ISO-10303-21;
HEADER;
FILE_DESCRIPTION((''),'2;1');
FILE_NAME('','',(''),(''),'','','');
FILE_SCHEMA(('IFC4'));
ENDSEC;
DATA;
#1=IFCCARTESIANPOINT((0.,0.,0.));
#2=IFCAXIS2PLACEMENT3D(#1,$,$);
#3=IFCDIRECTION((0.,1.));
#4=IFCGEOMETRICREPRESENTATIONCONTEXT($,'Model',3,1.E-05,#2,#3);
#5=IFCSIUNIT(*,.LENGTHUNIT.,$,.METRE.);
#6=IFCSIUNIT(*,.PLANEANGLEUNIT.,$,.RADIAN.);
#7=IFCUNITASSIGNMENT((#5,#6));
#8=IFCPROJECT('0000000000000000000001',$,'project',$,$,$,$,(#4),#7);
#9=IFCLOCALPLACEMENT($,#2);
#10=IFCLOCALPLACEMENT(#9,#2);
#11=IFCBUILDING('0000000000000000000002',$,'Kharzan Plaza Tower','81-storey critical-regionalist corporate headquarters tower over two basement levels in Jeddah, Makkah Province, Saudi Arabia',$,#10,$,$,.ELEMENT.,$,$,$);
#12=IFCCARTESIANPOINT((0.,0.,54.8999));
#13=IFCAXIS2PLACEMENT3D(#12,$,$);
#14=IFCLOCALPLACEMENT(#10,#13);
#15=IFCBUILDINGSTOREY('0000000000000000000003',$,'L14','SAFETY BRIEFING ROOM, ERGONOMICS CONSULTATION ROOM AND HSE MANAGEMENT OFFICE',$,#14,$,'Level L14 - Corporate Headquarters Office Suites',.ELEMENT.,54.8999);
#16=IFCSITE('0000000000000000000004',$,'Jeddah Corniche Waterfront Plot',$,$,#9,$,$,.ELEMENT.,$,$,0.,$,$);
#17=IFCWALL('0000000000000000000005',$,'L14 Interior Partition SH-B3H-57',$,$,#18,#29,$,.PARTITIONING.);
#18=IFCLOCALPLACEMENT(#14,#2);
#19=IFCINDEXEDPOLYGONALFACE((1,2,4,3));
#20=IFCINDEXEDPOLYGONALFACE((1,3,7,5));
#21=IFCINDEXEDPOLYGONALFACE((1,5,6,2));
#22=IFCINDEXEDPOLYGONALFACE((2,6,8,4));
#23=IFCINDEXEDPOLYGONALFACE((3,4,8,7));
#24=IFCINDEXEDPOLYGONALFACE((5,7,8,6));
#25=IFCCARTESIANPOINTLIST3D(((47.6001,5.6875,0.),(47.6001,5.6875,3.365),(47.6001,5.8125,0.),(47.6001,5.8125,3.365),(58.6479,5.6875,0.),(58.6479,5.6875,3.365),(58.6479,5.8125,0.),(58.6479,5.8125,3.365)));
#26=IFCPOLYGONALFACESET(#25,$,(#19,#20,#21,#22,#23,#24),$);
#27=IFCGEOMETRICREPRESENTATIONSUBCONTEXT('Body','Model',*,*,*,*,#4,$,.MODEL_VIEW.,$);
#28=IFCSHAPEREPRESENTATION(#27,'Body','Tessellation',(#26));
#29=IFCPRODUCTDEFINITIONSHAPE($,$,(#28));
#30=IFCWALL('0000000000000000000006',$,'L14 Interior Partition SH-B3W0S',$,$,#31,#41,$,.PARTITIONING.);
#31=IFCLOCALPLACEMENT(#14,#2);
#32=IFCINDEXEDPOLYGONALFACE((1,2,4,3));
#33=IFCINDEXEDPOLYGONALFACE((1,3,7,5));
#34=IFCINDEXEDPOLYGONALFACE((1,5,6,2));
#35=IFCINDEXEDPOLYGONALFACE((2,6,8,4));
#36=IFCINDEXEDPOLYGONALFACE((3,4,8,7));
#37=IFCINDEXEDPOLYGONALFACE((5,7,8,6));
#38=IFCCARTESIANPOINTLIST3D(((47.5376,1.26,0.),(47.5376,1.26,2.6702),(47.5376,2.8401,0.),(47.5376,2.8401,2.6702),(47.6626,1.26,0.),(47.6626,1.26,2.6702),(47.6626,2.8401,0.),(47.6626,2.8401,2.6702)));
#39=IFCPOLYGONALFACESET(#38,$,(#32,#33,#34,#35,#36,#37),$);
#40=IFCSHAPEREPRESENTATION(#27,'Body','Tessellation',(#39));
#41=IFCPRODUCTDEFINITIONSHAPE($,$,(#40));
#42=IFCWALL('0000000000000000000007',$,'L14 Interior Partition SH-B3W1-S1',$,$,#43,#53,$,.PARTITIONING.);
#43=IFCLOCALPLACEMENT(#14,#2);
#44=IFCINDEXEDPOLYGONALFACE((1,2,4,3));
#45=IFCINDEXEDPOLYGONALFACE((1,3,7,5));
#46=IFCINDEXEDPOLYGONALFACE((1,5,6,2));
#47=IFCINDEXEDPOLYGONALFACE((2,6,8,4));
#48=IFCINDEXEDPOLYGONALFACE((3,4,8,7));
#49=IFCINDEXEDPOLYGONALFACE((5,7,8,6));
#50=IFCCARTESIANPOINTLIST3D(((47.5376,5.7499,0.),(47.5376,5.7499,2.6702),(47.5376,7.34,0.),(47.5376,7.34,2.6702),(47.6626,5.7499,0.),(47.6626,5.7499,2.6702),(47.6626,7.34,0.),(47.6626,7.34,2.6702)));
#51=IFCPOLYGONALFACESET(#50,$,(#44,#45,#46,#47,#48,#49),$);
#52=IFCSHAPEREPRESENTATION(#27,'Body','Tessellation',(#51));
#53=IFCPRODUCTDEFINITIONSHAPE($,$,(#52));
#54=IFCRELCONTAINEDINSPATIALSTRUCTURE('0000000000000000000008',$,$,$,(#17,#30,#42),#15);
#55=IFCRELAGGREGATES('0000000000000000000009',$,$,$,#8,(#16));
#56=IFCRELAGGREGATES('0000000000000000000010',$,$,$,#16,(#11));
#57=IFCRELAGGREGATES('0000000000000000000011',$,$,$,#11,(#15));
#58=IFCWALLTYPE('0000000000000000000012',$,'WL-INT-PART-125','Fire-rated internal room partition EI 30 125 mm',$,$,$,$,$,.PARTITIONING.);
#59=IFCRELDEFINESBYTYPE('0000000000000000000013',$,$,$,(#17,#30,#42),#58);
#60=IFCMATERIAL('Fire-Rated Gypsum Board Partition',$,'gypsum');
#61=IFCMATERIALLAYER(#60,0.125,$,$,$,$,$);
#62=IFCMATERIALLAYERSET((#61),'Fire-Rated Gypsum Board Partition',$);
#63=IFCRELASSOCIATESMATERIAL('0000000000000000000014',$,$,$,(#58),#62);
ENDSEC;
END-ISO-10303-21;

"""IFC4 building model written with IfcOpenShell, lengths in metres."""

from ifc_helpers import new_model, si_unit, direction, frame, frame_2d, origin, place, context, subcontext, project, spatial, rectangle, extrude, source, transform, mapped, material, layer, layer_set, type_object, element, save


model = new_model("IFC4")

# Units and contexts
model_context = context("Model", 3, precision=1e-05, world=origin(), true_north=direction((0.0, 1.0)))
body_context = subcontext(model_context, "Body", "Model", "MODEL_VIEW")
ifc_project = project(units=[si_unit("LENGTHUNIT", "METRE"), si_unit("PLANEANGLEUNIT", "RADIAN")], contexts=[model_context])

# Site, building, storey
site_placement = place(None, origin())
site = spatial("IfcSite", under=ifc_project, at=site_placement, Name="Jeddah Corniche Waterfront Plot", CompositionType="ELEMENT", RefElevation=0.0)
building_placement = place(site_placement, origin())
building = spatial("IfcBuilding", under=site, at=building_placement, Name="Kharzan Plaza Tower", Description="81-storey critical-regionalist corporate headquarters tower over two basement levels in Jeddah, Makkah Province, Saudi Arabia", CompositionType="ELEMENT")
storey_placement = place(building_placement, frame((0.0, 0.0, 54.8999)))
storey = spatial("IfcBuildingStorey", under=building, at=storey_placement, Name="L14", Description="SAFETY BRIEFING ROOM, ERGONOMICS CONSULTATION ROOM AND HSE MANAGEMENT OFFICE", LongName="Level L14 - Corporate Headquarters Office Suites", CompositionType="ELEMENT", Elevation=54.8999)

# Shared definitions
ifc_material_1 = material(Name="Fire-Rated Gypsum Board Partition", Category="gypsum")
ifc_layer_1 = layer(ifc_material_1, 0.125)
ifc_layer_set_1 = layer_set([ifc_layer_1], Name="Fire-Rated Gypsum Board Partition")
wall_type_1 = type_object("IfcWallType", Name="WL-INT-PART-125", Description="Fire-rated internal room partition EI 30 125 mm", PredefinedType="PARTITIONING", material=ifc_layer_set_1)

# Walls
shared_shape_1 = source(origin(), body_context, "Body", "SweptSolid", [
    extrude(rectangle(XDim=11.0479, YDim=0.125, at=frame_2d((5.5239, 0.0))), origin(), (0.0, 0.0, 1.0), 3.365),
])
wall_1_placement = place(storey_placement, frame((47.6001, 5.75, 0.0), z_axis=(0.0, 0.0, 1.0), x_axis=(1.0, 0.0, 0.0)))
element("IfcWall", 1, at=wall_1_placement, inside=storey, type_object=wall_type_1, Name="L14 Interior Partition SH-B3H-57", PredefinedType="PARTITIONING", context=body_context, shape_type="MappedRepresentation", body=[
    mapped(shared_shape_1, transform((0.0, 0.0, 0.0), x_axis=(1.0, 0.0, 0.0), y_axis=(0.0, 1.0, 0.0), z_axis=(0.0, 0.0, 1.0))),
])
shared_shape_2 = source(origin(), body_context, "Body", "SweptSolid", [
    extrude(rectangle(XDim=1.5801, YDim=0.125, at=frame_2d((0.79, 0.0))), origin(), (0.0, 0.0, 1.0), 2.6702),
])
wall_2_placement = place(storey_placement, frame((47.6001, 1.26, 0.0), z_axis=(0.0, 0.0, 1.0), x_axis=(0.0, 1.0, 0.0)))
element("IfcWall", 2, at=wall_2_placement, inside=storey, type_object=wall_type_1, Name="L14 Interior Partition SH-B3W0S", PredefinedType="PARTITIONING", context=body_context, shape_type="MappedRepresentation", body=[
    mapped(shared_shape_2, transform((0.0, 0.0, 0.0), x_axis=(1.0, 0.0, 0.0), y_axis=(0.0, 1.0, 0.0), z_axis=(0.0, 0.0, 1.0))),
])
shared_shape_3 = source(origin(), body_context, "Body", "SweptSolid", [
    extrude(rectangle(XDim=1.5901, YDim=0.125, at=frame_2d((0.7949, 0.0))), origin(), (0.0, 0.0, 1.0), 2.6702),
])
wall_3_placement = place(storey_placement, frame((47.6001, 5.75, 0.0), z_axis=(0.0, 0.0, 1.0), x_axis=(0.0, 1.0, 0.0)))
element("IfcWall", 3, at=wall_3_placement, inside=storey, type_object=wall_type_1, Name="L14 Interior Partition SH-B3W1-S1", PredefinedType="PARTITIONING", context=body_context, shape_type="MappedRepresentation", body=[
    mapped(shared_shape_3, transform((0.0, 0.0, 0.0), x_axis=(1.0, 0.0, 0.0), y_axis=(0.0, 1.0, 0.0), z_axis=(0.0, 0.0, 1.0))),
])

save(model, "model.ifc")
